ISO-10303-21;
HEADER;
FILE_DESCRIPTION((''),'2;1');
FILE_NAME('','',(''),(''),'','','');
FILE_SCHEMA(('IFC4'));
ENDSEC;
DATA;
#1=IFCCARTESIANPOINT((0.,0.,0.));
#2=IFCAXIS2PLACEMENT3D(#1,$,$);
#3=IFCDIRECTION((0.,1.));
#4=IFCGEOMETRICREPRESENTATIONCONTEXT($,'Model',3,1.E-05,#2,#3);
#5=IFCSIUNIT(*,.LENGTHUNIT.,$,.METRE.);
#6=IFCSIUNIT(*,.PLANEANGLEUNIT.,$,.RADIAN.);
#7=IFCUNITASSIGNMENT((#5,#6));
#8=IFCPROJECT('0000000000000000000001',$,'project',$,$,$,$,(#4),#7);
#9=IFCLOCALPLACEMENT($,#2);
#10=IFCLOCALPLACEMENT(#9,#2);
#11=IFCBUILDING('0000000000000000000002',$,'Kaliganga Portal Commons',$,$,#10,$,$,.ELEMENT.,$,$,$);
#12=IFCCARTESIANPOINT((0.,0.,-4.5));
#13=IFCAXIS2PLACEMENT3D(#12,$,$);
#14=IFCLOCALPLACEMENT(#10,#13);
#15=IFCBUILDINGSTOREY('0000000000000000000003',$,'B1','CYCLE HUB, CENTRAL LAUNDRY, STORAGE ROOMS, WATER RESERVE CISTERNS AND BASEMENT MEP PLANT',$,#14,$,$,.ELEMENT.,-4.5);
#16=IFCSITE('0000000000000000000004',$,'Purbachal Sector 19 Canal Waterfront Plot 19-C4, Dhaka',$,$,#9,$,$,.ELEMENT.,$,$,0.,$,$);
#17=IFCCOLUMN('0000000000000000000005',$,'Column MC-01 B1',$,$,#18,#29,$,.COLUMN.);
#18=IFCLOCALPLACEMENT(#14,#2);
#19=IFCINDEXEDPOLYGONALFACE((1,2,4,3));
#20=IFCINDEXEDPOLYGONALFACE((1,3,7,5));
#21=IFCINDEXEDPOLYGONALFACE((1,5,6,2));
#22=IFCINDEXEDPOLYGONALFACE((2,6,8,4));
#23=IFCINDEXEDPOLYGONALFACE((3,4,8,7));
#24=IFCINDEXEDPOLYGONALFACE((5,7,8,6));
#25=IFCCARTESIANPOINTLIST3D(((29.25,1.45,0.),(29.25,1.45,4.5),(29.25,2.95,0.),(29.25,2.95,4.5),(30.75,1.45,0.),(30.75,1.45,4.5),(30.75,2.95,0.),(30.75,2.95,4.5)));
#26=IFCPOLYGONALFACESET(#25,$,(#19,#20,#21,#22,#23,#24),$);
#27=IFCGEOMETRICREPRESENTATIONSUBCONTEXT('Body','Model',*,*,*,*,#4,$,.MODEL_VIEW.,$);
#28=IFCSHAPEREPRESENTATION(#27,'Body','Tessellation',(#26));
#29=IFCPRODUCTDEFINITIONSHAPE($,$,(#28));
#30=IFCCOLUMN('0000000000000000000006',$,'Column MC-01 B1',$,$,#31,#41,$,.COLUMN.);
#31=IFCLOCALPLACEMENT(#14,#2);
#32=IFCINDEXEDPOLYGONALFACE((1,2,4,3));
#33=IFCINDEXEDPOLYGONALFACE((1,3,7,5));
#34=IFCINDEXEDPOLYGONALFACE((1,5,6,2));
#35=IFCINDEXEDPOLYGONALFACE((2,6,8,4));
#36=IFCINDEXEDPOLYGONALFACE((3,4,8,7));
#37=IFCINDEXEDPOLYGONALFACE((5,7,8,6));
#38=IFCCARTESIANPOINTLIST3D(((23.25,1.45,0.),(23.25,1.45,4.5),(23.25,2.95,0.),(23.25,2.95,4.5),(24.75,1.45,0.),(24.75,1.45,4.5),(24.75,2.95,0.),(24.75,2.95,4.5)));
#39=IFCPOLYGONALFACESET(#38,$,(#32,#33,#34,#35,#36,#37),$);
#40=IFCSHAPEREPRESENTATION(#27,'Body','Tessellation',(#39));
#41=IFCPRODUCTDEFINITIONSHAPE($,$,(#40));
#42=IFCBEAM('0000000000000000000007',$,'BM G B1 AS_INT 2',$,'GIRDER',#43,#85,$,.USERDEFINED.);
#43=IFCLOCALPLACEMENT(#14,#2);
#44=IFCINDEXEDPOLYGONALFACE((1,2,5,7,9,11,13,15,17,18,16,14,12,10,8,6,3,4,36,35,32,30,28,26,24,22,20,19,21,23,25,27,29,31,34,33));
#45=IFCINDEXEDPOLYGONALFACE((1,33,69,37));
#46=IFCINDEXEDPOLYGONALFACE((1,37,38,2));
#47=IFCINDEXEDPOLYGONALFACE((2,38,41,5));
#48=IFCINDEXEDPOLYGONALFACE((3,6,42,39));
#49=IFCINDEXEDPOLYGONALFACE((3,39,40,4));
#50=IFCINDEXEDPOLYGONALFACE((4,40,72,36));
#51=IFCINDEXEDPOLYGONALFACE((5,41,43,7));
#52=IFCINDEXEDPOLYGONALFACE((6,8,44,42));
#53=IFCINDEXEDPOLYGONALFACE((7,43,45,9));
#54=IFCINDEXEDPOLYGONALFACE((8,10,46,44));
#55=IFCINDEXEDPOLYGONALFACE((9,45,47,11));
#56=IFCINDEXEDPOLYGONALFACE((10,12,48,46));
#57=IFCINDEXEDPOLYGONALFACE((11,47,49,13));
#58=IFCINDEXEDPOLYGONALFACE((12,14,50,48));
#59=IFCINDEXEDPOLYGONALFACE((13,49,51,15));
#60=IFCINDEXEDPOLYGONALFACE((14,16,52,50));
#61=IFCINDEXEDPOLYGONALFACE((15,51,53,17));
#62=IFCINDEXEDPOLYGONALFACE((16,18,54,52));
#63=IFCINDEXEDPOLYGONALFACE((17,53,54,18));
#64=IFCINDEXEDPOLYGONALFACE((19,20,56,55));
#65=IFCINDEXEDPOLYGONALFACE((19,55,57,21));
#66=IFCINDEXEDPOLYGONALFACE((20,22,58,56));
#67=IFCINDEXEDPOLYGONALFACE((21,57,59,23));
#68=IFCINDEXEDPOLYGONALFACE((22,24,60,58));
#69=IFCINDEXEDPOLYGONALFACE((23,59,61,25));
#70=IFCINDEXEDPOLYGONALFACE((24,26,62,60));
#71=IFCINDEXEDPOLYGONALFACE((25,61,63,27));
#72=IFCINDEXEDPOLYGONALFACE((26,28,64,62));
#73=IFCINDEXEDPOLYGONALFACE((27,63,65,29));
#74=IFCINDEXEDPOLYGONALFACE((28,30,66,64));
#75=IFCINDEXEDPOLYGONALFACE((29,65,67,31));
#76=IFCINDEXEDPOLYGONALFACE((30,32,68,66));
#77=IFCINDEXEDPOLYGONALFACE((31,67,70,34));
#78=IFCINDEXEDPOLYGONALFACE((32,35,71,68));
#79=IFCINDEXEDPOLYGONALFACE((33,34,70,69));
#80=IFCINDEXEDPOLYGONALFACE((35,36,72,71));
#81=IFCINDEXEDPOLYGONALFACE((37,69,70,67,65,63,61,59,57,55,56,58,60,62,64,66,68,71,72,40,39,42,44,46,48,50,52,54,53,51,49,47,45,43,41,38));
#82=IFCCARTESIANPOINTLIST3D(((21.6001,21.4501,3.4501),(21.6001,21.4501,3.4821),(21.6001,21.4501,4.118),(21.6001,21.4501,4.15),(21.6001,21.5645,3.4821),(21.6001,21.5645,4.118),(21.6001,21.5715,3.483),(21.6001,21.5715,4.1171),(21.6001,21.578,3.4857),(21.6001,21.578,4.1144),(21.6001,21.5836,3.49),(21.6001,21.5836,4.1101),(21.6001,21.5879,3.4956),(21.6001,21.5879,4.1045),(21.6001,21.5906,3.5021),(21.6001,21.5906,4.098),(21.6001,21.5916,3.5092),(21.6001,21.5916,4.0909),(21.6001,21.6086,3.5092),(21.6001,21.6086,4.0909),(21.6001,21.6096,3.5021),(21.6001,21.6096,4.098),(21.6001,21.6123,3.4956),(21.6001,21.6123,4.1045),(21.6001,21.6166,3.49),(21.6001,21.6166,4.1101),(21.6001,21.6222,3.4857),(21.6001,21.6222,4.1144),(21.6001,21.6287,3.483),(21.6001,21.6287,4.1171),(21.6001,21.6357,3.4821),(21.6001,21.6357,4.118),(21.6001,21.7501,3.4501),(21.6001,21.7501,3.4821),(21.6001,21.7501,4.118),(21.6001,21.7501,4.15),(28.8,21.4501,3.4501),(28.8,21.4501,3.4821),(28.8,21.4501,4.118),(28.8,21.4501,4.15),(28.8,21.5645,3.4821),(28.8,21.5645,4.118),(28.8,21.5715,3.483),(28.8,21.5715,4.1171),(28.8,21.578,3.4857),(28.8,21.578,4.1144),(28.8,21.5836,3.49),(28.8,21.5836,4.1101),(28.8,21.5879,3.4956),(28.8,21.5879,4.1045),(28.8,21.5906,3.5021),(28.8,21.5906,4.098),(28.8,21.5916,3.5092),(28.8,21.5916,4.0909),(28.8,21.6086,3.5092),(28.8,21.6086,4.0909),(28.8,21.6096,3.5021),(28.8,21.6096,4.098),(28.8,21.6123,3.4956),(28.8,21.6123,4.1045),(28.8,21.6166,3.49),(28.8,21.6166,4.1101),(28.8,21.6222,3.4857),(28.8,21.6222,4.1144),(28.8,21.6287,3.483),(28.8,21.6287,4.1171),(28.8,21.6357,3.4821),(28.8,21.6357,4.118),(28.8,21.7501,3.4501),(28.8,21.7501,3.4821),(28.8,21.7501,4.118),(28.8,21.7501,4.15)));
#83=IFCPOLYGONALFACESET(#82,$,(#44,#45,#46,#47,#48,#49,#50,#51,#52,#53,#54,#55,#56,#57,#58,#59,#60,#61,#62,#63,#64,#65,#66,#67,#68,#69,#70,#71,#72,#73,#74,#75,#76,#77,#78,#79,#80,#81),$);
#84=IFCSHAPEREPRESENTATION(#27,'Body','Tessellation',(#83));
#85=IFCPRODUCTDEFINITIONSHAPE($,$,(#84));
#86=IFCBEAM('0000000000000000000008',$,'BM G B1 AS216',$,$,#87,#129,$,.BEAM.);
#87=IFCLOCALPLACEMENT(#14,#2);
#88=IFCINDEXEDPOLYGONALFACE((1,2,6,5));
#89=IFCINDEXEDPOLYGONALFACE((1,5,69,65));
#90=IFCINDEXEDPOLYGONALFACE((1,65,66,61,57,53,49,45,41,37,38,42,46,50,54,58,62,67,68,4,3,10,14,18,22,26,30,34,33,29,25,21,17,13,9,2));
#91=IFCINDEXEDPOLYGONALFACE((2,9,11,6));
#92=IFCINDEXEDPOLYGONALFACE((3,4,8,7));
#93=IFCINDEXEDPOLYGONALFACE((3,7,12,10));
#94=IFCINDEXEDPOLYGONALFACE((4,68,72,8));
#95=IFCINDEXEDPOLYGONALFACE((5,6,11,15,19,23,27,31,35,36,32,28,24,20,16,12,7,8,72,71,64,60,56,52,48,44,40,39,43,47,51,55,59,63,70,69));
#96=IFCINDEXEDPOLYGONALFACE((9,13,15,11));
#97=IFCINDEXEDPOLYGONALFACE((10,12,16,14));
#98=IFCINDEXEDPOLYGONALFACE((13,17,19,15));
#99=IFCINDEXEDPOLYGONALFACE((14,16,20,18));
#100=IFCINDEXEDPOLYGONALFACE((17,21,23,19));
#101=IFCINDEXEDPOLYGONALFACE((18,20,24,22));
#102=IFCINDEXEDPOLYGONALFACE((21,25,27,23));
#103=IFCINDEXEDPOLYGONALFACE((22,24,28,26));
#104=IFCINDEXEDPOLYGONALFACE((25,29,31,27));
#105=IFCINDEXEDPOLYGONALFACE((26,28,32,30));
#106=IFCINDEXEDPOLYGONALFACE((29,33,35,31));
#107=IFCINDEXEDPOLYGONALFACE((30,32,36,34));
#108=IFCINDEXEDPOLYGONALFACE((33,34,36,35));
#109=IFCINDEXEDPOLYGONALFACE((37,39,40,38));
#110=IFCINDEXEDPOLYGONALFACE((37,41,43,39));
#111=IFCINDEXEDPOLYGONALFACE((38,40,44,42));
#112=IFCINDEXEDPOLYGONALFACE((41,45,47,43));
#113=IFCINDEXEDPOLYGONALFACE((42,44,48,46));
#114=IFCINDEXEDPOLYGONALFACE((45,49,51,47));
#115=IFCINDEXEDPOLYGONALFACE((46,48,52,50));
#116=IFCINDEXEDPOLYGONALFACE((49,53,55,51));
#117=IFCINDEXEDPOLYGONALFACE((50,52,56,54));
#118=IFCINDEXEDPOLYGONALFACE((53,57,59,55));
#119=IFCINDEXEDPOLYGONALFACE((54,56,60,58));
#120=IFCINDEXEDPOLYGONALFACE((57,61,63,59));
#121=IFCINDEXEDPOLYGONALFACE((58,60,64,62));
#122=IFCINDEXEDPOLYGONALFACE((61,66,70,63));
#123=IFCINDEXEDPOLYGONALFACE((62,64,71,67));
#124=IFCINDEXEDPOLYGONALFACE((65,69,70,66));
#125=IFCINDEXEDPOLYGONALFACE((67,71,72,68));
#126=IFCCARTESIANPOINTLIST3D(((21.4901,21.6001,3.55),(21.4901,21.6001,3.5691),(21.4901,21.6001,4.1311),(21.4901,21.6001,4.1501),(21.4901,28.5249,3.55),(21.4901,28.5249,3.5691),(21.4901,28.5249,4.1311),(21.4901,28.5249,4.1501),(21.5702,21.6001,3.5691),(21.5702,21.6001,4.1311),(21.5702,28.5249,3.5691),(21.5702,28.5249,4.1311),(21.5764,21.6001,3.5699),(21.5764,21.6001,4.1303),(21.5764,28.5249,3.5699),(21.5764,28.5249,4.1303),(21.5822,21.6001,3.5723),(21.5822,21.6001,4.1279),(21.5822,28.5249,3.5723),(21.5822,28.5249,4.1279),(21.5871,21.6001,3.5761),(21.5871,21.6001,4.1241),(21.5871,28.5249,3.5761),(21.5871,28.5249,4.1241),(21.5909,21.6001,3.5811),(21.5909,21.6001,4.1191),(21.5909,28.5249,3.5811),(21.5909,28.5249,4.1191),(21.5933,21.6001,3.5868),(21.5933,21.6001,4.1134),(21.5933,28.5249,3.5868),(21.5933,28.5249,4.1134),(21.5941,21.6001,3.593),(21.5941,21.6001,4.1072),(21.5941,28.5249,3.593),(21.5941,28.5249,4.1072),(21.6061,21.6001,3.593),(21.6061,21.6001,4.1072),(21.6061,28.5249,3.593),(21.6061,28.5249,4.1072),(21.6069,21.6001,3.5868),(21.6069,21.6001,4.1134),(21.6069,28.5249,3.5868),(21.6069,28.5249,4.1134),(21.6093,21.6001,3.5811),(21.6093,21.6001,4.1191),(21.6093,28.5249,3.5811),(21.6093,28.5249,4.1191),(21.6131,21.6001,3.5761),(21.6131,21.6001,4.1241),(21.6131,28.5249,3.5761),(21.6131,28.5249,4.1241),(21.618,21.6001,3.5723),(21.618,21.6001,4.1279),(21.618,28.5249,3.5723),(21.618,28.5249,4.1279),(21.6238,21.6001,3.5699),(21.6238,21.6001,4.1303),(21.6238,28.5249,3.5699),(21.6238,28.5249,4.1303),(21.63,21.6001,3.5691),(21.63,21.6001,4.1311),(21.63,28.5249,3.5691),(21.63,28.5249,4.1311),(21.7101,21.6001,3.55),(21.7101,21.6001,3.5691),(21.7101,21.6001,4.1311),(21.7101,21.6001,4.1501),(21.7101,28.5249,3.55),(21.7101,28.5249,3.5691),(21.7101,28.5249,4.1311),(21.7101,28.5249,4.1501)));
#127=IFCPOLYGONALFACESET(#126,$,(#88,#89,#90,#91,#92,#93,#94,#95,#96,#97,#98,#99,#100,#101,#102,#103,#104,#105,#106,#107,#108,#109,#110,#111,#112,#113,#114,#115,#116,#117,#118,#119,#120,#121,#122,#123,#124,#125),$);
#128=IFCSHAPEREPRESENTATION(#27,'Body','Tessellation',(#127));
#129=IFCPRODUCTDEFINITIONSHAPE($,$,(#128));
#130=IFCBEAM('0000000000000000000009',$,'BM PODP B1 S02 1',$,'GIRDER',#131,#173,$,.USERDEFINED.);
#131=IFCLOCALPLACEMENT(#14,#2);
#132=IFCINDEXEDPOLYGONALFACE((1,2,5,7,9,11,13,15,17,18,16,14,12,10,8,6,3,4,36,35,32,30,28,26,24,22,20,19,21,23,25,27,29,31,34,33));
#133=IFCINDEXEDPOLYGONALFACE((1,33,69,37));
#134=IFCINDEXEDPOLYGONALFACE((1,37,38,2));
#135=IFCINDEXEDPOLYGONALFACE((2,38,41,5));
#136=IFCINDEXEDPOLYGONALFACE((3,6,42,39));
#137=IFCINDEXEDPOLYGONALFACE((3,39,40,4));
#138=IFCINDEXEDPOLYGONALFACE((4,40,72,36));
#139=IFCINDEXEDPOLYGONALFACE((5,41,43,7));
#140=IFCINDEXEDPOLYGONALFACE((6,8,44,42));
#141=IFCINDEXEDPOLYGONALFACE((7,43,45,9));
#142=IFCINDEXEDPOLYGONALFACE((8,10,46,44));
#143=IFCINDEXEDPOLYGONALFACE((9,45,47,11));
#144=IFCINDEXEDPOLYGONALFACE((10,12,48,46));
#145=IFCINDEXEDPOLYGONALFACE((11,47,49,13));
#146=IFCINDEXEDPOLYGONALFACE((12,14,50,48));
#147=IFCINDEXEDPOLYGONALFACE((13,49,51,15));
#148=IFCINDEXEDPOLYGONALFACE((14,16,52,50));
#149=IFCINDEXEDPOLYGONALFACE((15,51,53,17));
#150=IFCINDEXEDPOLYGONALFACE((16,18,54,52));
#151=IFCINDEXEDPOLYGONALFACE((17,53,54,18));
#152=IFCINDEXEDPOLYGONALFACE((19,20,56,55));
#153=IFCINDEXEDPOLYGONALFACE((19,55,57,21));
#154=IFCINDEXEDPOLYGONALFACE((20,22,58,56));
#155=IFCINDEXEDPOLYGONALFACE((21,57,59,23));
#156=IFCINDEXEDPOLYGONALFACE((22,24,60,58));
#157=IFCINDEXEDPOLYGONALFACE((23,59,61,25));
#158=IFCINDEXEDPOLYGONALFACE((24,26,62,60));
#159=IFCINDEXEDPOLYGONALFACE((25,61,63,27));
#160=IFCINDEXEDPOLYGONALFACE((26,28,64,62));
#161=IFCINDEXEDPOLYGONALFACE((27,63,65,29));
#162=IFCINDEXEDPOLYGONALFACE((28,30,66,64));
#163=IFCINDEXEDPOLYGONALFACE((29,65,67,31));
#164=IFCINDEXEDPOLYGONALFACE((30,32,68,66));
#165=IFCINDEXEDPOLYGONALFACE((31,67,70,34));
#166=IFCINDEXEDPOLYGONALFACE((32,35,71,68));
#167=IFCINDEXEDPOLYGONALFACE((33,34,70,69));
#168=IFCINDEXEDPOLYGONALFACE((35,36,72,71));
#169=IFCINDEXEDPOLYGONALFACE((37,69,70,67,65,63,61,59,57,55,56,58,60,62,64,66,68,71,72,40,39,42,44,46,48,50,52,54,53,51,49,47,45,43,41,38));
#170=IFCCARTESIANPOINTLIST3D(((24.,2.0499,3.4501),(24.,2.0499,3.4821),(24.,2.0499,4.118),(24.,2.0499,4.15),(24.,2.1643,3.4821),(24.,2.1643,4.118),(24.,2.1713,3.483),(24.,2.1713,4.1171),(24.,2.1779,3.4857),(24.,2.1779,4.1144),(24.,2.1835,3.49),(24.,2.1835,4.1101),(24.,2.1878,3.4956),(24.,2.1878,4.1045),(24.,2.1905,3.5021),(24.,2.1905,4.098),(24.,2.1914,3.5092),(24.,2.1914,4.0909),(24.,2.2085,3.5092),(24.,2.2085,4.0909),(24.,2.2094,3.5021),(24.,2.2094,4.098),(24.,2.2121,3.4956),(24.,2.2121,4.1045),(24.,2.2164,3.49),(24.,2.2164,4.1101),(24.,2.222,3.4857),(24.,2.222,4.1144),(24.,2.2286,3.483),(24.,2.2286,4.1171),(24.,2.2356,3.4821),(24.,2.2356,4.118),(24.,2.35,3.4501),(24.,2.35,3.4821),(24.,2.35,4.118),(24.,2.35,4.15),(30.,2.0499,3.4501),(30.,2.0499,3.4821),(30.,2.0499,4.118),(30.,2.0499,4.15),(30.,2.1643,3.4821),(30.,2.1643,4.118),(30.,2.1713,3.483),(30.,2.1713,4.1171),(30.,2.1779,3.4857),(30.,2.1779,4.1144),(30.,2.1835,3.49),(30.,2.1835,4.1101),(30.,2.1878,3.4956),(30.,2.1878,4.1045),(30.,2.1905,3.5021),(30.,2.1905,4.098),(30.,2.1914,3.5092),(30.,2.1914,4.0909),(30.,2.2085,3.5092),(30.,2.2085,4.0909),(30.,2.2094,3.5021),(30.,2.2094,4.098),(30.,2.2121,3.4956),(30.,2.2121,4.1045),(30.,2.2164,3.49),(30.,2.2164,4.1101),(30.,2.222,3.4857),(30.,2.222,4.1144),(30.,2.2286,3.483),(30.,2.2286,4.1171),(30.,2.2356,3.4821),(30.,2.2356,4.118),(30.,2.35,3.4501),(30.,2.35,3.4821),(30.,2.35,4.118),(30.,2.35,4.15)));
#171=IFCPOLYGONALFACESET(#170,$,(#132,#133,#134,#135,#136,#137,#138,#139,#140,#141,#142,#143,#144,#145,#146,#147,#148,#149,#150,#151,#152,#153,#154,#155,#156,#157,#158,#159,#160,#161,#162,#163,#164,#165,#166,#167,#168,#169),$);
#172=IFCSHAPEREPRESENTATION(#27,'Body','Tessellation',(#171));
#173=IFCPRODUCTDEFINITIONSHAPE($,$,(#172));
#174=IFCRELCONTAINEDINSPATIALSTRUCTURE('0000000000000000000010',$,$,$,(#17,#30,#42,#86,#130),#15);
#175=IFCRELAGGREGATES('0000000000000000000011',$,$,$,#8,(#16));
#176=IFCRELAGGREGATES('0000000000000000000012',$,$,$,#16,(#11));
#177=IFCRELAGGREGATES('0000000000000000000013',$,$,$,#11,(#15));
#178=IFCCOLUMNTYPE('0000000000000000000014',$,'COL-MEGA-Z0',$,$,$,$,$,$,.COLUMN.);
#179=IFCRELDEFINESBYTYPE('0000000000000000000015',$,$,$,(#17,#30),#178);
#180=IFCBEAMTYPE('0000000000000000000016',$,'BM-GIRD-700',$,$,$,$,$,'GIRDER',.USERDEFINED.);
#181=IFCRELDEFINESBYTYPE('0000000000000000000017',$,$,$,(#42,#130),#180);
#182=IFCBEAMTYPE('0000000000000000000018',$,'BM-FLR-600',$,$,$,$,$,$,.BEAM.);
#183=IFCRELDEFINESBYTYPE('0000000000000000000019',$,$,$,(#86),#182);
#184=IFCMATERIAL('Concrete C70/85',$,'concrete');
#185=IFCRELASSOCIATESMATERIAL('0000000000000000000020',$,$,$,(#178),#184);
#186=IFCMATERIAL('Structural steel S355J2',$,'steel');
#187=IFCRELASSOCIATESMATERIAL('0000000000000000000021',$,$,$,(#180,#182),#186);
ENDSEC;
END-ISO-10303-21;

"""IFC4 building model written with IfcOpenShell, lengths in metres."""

from ifc_helpers import new_model, si_unit, direction, frame, origin, origin_2d, place, context, subcontext, project, spatial, rectangle, i_section, extrude, source, transform, mapped, material, material_profile, profile_set, type_object, element, save


model = new_model("IFC4")

# Units and contexts
model_context = context("Model", 3, precision=1e-05, world=origin(), true_north=direction((0.0, 1.0)))
body_context = subcontext(model_context, "Body", "Model", "MODEL_VIEW")
ifc_project = project(units=[si_unit("LENGTHUNIT", "METRE"), si_unit("PLANEANGLEUNIT", "RADIAN")], contexts=[model_context])

# Site, building, storey
site_placement = place(None, origin())
site = spatial("IfcSite", under=ifc_project, at=site_placement, Name="Purbachal Sector 19 Canal Waterfront Plot 19-C4, Dhaka", CompositionType="ELEMENT", RefElevation=0.0)
building_placement = place(site_placement, origin())
building = spatial("IfcBuilding", under=site, at=building_placement, Name="Kaliganga Portal Commons", CompositionType="ELEMENT")
storey_placement = place(building_placement, frame((0.0, 0.0, -4.5)))
storey = spatial("IfcBuildingStorey", under=building, at=storey_placement, Name="B1", Description="CYCLE HUB, CENTRAL LAUNDRY, STORAGE ROOMS, WATER RESERVE CISTERNS AND BASEMENT MEP PLANT", CompositionType="ELEMENT", Elevation=-4.5)

# Columns
ifc_material_1 = material(Name="Structural steel S355J2", Category="steel")
ifc_material_2 = material(Name="Concrete C70/85", Category="concrete")
ifc_material_profile_1 = material_profile(ifc_material_2, rectangle(XDim=1.5, YDim=1.5, at=origin_2d()), Name="RC 1500x1500")
ifc_profile_set_1 = profile_set([ifc_material_profile_1], Name="Concrete C70/85")
column_type_1 = type_object("IfcColumnType", Name="COL-MEGA-Z0", PredefinedType="COLUMN", material=ifc_profile_set_1)
shared_shape_1 = source(origin(), body_context, "Body", "SweptSolid", [
    extrude(rectangle(XDim=1.5, YDim=1.5, at=origin_2d()), origin(), (0.0, 0.0, 1.0), 4.5),
])
for number, where, z_axis, x_axis, name in (
    (1, (30.0, 2.2, 0.0), (0.0, 0.0, 1.0), (1.0, 0.0, 0.0), "Column MC-01 B1"),
    (2, (24.0, 2.2, 0.0), (0.0, 0.0, 1.0), (1.0, 0.0, 0.0), "Column MC-01 B1"),
):
    element("IfcColumn", number, at=place(storey_placement, frame(where, z_axis=z_axis, x_axis=x_axis)), inside=storey, type_object=column_type_1, Name=name, PredefinedType="COLUMN", context=body_context, shape_type="MappedRepresentation", body=[
        mapped(shared_shape_1, transform((0.0, 0.0, 0.0), x_axis=(1.0, 0.0, 0.0), y_axis=(0.0, 1.0, 0.0), z_axis=(0.0, 0.0, 1.0), scale=1.0)),
    ])

# Beams
ifc_material_profile_2 = material_profile(ifc_material_1, i_section(OverallWidth=0.3, OverallDepth=0.7, WebThickness=0.0171, FlangeThickness=0.032, FilletRadius=0.0271, at=origin_2d()), Name="HE 700 B")
ifc_profile_set_2 = profile_set([ifc_material_profile_2], Name="Structural steel S355J2 wide-flange")
beam_type_1 = type_object("IfcBeamType", Name="BM-GIRD-700", ElementType="GIRDER", PredefinedType="USERDEFINED", material=ifc_profile_set_2)
shared_shape_2 = source(origin(), body_context, "Body", "SweptSolid", [
    extrude(i_section(OverallWidth=0.3, OverallDepth=0.7, WebThickness=0.0171, FlangeThickness=0.032, FilletRadius=0.0271, at=origin_2d()), origin(), (0.0, 0.0, 1.0), 7.2),
])
beam_1_placement = place(storey_placement, frame((21.6001, 21.6001, 3.8), z_axis=(1.0, 0.0, 0.0), x_axis=(0.0, 1.0, 0.0)))
element("IfcBeam", 3, at=beam_1_placement, inside=storey, type_object=beam_type_1, Name="BM G B1 AS_INT 2", ObjectType="GIRDER", PredefinedType="USERDEFINED", context=body_context, shape_type="MappedRepresentation", body=[
    mapped(shared_shape_2, transform((0.0, 0.0, 0.0), x_axis=(1.0, 0.0, 0.0), y_axis=(0.0, 1.0, 0.0), z_axis=(0.0, 0.0, 1.0), scale=1.0)),
])
ifc_material_profile_3 = material_profile(ifc_material_1, i_section(OverallWidth=0.22, OverallDepth=0.6001, WebThickness=0.012, FlangeThickness=0.019, FilletRadius=0.0239, at=origin_2d()), Name="IPE 600")
ifc_profile_set_3 = profile_set([ifc_material_profile_3], Name="Structural steel S355J2 wide-flange")
beam_type_2 = type_object("IfcBeamType", Name="BM-FLR-600", PredefinedType="BEAM", material=ifc_profile_set_3)
shared_shape_3 = source(origin(), body_context, "Body", "SweptSolid", [
    extrude(i_section(OverallWidth=0.22, OverallDepth=0.6001, WebThickness=0.012, FlangeThickness=0.019, FilletRadius=0.0239, at=origin_2d()), origin(), (0.0, 0.0, 1.0), 6.9248),
])
beam_2_placement = place(storey_placement, frame((21.6001, 21.6001, 3.8501), z_axis=(0.0, 1.0, 0.0), x_axis=(-1.0, 0.0, 0.0)))
element("IfcBeam", 4, at=beam_2_placement, inside=storey, type_object=beam_type_2, Name="BM G B1 AS216", PredefinedType="BEAM", context=body_context, shape_type="MappedRepresentation", body=[
    mapped(shared_shape_3, transform((0.0, 0.0, 0.0), x_axis=(1.0, 0.0, 0.0), y_axis=(0.0, 1.0, 0.0), z_axis=(0.0, 0.0, 1.0), scale=1.0)),
])
shared_shape_4 = source(origin(), body_context, "Body", "SweptSolid", [
    extrude(i_section(OverallWidth=0.3, OverallDepth=0.7, WebThickness=0.0171, FlangeThickness=0.032, FilletRadius=0.0271, at=origin_2d()), origin(), (0.0, 0.0, 1.0), 6.0),
])
for number, where, z_axis, x_axis, name in (
    (5, (24.0, 2.2, 3.8), (1.0, 0.0, 0.0), (0.0, 1.0, 0.0), "BM PODP B1 S02 1"),
):
    element("IfcBeam", number, at=place(storey_placement, frame(where, z_axis=z_axis, x_axis=x_axis)), inside=storey, type_object=beam_type_1, Name=name, ObjectType="GIRDER", PredefinedType="USERDEFINED", context=body_context, shape_type="MappedRepresentation", body=[
        mapped(shared_shape_4, transform((0.0, 0.0, 0.0), x_axis=(1.0, 0.0, 0.0), y_axis=(0.0, 1.0, 0.0), z_axis=(0.0, 0.0, 1.0), scale=1.0)),
    ])

save(model, "model.ifc")
